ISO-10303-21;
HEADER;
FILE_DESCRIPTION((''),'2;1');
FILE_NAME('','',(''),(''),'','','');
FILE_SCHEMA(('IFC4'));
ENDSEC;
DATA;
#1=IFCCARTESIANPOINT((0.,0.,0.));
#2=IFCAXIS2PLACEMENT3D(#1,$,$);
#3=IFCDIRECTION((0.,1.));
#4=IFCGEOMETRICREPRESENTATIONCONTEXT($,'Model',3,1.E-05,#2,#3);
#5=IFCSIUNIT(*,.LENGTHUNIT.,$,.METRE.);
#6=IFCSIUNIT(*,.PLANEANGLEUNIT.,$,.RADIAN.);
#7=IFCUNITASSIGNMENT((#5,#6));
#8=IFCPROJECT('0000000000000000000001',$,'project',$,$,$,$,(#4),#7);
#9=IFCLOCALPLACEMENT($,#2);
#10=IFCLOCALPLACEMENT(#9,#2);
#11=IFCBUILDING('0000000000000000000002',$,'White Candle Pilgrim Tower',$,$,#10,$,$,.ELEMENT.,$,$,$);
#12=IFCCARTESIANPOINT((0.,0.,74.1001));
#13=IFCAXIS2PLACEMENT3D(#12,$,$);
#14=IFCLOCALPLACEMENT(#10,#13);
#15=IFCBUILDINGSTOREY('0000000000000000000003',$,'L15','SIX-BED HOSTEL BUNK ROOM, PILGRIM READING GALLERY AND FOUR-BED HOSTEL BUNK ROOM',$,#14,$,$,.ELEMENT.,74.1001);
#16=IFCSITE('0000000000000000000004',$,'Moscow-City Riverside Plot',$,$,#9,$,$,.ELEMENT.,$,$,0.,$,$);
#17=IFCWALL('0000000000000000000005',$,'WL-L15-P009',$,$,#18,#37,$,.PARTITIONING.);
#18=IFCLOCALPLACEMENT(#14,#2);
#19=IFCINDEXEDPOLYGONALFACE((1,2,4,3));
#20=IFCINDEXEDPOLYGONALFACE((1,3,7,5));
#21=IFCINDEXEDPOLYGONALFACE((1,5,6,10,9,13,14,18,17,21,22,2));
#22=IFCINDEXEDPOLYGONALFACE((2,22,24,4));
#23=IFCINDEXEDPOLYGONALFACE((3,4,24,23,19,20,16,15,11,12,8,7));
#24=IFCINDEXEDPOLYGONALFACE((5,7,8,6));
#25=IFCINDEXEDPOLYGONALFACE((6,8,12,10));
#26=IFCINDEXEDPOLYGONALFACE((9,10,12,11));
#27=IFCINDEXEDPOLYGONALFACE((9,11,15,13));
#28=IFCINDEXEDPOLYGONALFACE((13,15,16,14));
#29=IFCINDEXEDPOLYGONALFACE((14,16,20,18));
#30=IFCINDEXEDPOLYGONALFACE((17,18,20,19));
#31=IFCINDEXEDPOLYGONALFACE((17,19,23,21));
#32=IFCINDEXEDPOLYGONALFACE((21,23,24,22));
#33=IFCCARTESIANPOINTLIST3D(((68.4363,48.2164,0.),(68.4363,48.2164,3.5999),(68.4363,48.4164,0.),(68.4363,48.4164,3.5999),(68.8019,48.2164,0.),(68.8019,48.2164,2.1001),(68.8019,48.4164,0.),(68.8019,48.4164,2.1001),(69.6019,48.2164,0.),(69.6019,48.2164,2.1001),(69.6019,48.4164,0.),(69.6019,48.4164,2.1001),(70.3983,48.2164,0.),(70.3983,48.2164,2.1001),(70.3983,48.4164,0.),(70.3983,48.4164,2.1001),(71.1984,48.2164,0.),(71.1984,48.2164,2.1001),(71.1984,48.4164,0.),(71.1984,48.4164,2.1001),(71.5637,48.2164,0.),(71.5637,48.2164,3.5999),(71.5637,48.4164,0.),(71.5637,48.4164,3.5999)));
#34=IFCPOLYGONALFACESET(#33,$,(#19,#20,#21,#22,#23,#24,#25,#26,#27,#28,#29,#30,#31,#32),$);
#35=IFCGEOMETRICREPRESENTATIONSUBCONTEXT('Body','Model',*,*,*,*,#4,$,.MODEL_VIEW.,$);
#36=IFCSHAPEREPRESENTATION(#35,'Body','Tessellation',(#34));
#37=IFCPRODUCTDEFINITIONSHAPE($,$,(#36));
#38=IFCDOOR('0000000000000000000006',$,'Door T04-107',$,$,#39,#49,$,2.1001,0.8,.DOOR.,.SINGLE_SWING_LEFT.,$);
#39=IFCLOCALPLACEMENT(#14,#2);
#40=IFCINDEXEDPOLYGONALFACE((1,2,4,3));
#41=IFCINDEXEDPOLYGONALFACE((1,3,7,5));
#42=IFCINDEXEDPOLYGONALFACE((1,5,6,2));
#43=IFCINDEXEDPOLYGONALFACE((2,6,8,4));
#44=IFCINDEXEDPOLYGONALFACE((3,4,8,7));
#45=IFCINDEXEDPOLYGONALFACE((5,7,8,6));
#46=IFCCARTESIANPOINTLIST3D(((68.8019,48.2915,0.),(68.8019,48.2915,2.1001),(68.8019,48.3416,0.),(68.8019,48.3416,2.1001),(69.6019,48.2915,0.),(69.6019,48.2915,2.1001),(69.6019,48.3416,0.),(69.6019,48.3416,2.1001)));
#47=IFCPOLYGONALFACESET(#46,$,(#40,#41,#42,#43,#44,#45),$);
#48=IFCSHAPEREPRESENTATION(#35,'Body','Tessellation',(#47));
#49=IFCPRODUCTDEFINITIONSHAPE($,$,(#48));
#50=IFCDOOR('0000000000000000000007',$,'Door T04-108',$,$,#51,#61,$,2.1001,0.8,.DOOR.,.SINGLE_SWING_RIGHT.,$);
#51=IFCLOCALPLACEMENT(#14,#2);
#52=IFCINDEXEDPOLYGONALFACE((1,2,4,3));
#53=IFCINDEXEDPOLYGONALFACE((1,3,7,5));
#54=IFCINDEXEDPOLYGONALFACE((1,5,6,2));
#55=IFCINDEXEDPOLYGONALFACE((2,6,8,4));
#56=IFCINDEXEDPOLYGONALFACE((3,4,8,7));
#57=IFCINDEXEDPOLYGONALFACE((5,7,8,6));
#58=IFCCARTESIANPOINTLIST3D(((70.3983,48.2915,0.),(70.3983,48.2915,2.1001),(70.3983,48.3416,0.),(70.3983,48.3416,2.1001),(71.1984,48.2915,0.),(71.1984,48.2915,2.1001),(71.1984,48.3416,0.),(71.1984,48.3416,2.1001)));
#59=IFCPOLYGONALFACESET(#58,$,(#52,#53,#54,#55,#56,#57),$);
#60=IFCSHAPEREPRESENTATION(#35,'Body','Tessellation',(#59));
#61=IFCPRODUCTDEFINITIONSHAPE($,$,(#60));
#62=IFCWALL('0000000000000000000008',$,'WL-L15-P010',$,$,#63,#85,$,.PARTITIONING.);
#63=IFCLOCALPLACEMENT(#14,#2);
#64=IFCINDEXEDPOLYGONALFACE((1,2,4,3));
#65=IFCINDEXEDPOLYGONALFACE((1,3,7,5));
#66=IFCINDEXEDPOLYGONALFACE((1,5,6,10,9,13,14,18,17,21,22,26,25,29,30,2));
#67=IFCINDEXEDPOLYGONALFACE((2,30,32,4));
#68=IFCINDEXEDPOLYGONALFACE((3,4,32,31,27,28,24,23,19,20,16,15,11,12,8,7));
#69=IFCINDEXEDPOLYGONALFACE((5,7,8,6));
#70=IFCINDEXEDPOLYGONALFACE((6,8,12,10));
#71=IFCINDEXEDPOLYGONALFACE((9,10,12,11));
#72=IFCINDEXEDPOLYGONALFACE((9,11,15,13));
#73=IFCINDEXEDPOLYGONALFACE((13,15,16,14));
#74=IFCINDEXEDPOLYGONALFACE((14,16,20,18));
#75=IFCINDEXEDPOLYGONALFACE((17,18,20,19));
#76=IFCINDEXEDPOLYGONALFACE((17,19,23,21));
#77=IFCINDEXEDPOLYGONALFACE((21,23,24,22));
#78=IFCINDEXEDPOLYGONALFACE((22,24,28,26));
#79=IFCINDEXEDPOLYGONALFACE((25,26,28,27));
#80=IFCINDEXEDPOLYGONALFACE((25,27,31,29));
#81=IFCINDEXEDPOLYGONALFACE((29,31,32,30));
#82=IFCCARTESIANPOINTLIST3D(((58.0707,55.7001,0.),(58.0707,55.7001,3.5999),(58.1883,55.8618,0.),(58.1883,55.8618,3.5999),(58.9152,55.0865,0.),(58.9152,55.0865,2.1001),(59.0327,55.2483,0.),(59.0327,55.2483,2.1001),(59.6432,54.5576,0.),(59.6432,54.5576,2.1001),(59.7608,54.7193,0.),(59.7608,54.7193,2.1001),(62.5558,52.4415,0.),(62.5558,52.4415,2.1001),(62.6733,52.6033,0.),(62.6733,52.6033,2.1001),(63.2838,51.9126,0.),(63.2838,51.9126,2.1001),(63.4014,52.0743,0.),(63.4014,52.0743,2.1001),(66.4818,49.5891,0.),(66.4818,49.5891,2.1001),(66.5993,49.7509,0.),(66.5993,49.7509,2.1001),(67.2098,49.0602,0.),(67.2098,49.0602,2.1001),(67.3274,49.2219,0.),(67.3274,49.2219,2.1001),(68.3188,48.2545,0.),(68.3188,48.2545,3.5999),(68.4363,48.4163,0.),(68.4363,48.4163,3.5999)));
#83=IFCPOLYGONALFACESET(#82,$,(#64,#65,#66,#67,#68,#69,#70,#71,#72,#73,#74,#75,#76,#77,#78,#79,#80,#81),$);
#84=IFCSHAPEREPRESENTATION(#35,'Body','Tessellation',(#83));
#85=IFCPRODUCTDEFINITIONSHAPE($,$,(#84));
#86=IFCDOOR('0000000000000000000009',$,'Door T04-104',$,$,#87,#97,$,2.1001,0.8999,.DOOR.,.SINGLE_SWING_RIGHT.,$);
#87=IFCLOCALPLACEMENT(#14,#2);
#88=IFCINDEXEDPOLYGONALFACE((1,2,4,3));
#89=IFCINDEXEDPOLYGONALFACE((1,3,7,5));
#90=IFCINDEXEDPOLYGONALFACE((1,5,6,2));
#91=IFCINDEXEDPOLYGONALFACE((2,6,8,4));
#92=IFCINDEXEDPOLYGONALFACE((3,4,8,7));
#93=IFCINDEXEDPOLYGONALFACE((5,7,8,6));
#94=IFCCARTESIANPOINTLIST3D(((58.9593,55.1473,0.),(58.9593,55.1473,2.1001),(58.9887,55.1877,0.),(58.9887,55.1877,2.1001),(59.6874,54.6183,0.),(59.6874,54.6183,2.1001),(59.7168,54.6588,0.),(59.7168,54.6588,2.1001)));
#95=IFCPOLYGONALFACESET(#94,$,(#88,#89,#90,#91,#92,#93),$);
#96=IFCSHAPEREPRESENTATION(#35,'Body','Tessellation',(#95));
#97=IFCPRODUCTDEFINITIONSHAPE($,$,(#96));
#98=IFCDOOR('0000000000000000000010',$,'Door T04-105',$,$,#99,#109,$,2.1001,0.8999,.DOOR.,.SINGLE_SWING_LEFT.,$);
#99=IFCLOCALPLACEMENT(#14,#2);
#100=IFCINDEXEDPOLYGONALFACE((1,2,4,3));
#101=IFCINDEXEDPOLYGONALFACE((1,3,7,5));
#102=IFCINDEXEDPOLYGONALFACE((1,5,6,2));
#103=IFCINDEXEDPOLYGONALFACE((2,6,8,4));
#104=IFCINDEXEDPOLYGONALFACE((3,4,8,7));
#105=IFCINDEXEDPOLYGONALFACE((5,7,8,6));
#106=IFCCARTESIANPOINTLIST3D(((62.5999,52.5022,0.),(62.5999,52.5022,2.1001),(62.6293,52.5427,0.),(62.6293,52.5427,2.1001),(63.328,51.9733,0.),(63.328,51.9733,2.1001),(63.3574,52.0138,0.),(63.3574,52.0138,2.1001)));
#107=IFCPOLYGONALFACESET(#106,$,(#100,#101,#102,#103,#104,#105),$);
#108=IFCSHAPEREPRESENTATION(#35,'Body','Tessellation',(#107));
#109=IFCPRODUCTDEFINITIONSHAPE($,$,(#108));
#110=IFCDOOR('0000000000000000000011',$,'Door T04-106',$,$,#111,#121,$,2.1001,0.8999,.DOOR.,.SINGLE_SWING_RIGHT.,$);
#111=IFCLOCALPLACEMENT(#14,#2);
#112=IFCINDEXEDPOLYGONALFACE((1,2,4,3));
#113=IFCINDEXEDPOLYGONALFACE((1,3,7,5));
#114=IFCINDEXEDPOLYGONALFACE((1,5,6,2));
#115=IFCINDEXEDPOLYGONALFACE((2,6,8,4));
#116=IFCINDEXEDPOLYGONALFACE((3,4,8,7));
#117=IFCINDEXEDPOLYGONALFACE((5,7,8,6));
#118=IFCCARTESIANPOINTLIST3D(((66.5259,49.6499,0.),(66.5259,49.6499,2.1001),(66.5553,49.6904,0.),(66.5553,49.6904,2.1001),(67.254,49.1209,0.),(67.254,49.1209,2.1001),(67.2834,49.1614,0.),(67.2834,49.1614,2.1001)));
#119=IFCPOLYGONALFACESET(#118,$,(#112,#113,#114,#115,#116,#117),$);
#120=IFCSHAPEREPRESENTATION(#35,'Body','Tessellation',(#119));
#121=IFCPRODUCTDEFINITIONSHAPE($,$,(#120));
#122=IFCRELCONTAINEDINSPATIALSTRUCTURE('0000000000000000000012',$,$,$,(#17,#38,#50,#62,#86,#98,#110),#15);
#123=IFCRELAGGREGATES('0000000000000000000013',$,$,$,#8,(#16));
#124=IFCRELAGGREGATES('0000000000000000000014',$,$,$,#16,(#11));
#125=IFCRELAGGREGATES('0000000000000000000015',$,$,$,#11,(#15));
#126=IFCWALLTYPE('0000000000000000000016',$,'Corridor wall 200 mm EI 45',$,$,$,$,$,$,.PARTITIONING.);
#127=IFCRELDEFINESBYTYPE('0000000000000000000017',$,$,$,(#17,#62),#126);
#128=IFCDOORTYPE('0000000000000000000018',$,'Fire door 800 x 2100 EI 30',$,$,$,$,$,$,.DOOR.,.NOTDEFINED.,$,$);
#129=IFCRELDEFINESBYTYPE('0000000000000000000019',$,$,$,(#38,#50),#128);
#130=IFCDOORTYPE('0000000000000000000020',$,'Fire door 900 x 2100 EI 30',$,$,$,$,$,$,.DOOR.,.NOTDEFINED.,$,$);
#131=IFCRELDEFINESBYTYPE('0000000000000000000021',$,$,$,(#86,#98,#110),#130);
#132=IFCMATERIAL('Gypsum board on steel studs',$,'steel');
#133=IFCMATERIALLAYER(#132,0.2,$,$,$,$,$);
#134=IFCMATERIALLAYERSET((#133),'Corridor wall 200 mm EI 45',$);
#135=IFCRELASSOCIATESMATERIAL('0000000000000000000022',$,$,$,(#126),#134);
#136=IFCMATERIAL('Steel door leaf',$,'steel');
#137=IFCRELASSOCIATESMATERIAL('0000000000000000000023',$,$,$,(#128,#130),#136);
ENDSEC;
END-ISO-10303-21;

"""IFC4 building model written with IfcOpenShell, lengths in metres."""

from ifc_helpers import new_model, si_unit, direction, frame, frame_2d, origin, place, context, subcontext, project, spatial, rectangle, extrude, material, layer, layer_set, type_object, element, fill, save


model = new_model("IFC4")

# Units and contexts
model_context = context("Model", 3, precision=1e-05, world=origin(), true_north=direction((0.0, 1.0)))
body_context = subcontext(model_context, "Body", "Model", "MODEL_VIEW")
ifc_project = project(units=[si_unit("LENGTHUNIT", "METRE"), si_unit("PLANEANGLEUNIT", "RADIAN")], contexts=[model_context])

# Site, building, storey
site_placement = place(None, origin())
site = spatial("IfcSite", under=ifc_project, at=site_placement, Name="Moscow-City Riverside Plot", CompositionType="ELEMENT", RefElevation=0.0)
building_placement = place(site_placement, origin())
building = spatial("IfcBuilding", under=site, at=building_placement, Name="White Candle Pilgrim Tower", CompositionType="ELEMENT")
storey_placement = place(building_placement, frame((0.0, 0.0, 74.1001)))
storey = spatial("IfcBuildingStorey", under=building, at=storey_placement, Name="L15", Description="SIX-BED HOSTEL BUNK ROOM, PILGRIM READING GALLERY AND FOUR-BED HOSTEL BUNK ROOM", CompositionType="ELEMENT", Elevation=74.1001)

# Walls, openings, doors
ifc_material_1 = material(Name="Gypsum board on steel studs", Category="steel")
ifc_layer_1 = layer(ifc_material_1, 0.2)
ifc_layer_set_1 = layer_set([ifc_layer_1], Name="Corridor wall 200 mm EI 45")
wall_type_1 = type_object("IfcWallType", Name="Corridor wall 200 mm EI 45", PredefinedType="PARTITIONING", material=ifc_layer_set_1)
wall_1_placement = place(storey_placement, frame((71.5637, 48.3164, 0.0), z_axis=(0.0, 0.0, 1.0), x_axis=(-1.0, 0.0, 0.0)))
wall_1 = element("IfcWall", 1, at=wall_1_placement, inside=storey, type_object=wall_type_1, Name="WL-L15-P009", PredefinedType="PARTITIONING", context=body_context, shape_type="SweptSolid", body=[
    extrude(rectangle(XDim=3.1274, YDim=0.2, at=frame_2d((1.5637, 0.0))), origin(), (0.0, 0.0, 1.0), 3.5999),
])
opening_1_placement = place(wall_1_placement, frame((1.9619, 0.0, 0.0)))
opening_1 = element("IfcOpeningElement", 2, at=opening_1_placement, cuts=wall_1, PredefinedType="OPENING", context=body_context, shape_type="SweptSolid", body=[
    extrude(rectangle(XDim=0.8, YDim=2.1001, at=frame_2d((0.3999, 1.05))), frame((0.0, 0.1099, 0.0), z_axis=(0.0, -1.0, 0.0), x_axis=(1.0, 0.0, 0.0)), (0.0, 0.0, 1.0), 0.22),
])
opening_2_placement = place(wall_1_placement, frame((0.3655, 0.0, 0.0)))
opening_2 = element("IfcOpeningElement", 3, at=opening_2_placement, cuts=wall_1, PredefinedType="OPENING", context=body_context, shape_type="SweptSolid", body=[
    extrude(rectangle(XDim=0.8, YDim=2.1001, at=frame_2d((0.3999, 1.05))), frame((0.0, 0.1099, 0.0), z_axis=(0.0, -1.0, 0.0), x_axis=(1.0, 0.0, 0.0)), (0.0, 0.0, 1.0), 0.22),
])
ifc_material_2 = material(Name="Steel door leaf", Category="steel")
door_type_1 = type_object("IfcDoorType", Name="Fire door 800 x 2100 EI 30", OperationType="NOTDEFINED", PredefinedType="DOOR", material=ifc_material_2)
door_1_placement = place(opening_1_placement, origin())
door_1 = element("IfcDoor", 4, at=door_1_placement, inside=storey, type_object=door_type_1, Name="Door T04-107", OperationType="SINGLE_SWING_LEFT", OverallHeight=2.1001, OverallWidth=0.8, PredefinedType="DOOR", context=body_context, shape_type="SweptSolid", body=[
    extrude(rectangle(XDim=0.8, YDim=2.1001, at=frame_2d((0.3999, 1.05))), frame((0.0, 0.0249, 0.0), z_axis=(0.0, -1.0, 0.0), x_axis=(1.0, 0.0, 0.0)), (0.0, 0.0, 1.0), 0.05),
])
fill(opening_1, door_1)
door_2_placement = place(opening_2_placement, origin())
door_2 = element("IfcDoor", 5, at=door_2_placement, inside=storey, type_object=door_type_1, Name="Door T04-108", OperationType="SINGLE_SWING_RIGHT", OverallHeight=2.1001, OverallWidth=0.8, PredefinedType="DOOR", context=body_context, shape_type="SweptSolid", body=[
    extrude(rectangle(XDim=0.8, YDim=2.1001, at=frame_2d((0.3999, 1.05))), frame((0.0, 0.0249, 0.0), z_axis=(0.0, -1.0, 0.0), x_axis=(1.0, 0.0, 0.0)), (0.0, 0.0, 1.0), 0.05),
])
fill(opening_2, door_2)
wall_2_placement = place(storey_placement, frame((68.3774, 48.3354, 0.0), z_axis=(0.0, 0.0, 1.0), x_axis=(-0.80902, 0.587781, 0.0)))
wall_2 = element("IfcWall", 6, at=wall_2_placement, inside=storey, type_object=wall_type_1, Name="WL-L15-P010", PredefinedType="PARTITIONING", context=body_context, shape_type="SweptSolid", body=[
    extrude(rectangle(XDim=12.6672, YDim=0.2, at=frame_2d((6.3335, 0.0))), origin(), (0.0, 0.0, 1.0), 3.5999),
])
opening_3_placement = place(wall_2_placement, frame((10.7234, 0.0, 0.0)))
opening_3 = element("IfcOpeningElement", 7, at=opening_3_placement, cuts=wall_2, PredefinedType="OPENING", context=body_context, shape_type="SweptSolid", body=[
    extrude(rectangle(XDim=0.8999, YDim=2.1001, at=frame_2d((0.45, 1.05))), frame((0.0, 0.1099, 0.0), z_axis=(0.0, -1.0, 0.0), x_axis=(1.0, 0.0, 0.0)), (0.0, 0.0, 1.0), 0.22),
])
opening_4_placement = place(wall_2_placement, frame((6.2234, 0.0, 0.0)))
opening_4 = element("IfcOpeningElement", 8, at=opening_4_placement, cuts=wall_2, PredefinedType="OPENING", context=body_context, shape_type="SweptSolid", body=[
    extrude(rectangle(XDim=0.8999, YDim=2.1001, at=frame_2d((0.45, 1.05))), frame((0.0, 0.1099, 0.0), z_axis=(0.0, -1.0, 0.0), x_axis=(1.0, 0.0, 0.0)), (0.0, 0.0, 1.0), 0.22),
])
opening_5_placement = place(wall_2_placement, frame((1.3706, 0.0, 0.0)))
opening_5 = element("IfcOpeningElement", 9, at=opening_5_placement, cuts=wall_2, PredefinedType="OPENING", context=body_context, shape_type="SweptSolid", body=[
    extrude(rectangle(XDim=0.8999, YDim=2.1001, at=frame_2d((0.45, 1.05))), frame((0.0, 0.1099, 0.0), z_axis=(0.0, -1.0, 0.0), x_axis=(1.0, 0.0, 0.0)), (0.0, 0.0, 1.0), 0.22),
])
door_type_2 = type_object("IfcDoorType", Name="Fire door 900 x 2100 EI 30", OperationType="NOTDEFINED", PredefinedType="DOOR", material=ifc_material_2)
door_3_placement = place(opening_3_placement, origin())
door_3 = element("IfcDoor", 10, at=door_3_placement, inside=storey, type_object=door_type_2, Name="Door T04-104", OperationType="SINGLE_SWING_RIGHT", OverallHeight=2.1001, OverallWidth=0.8999, PredefinedType="DOOR", context=body_context, shape_type="SweptSolid", body=[
    extrude(rectangle(XDim=0.8999, YDim=2.1001, at=frame_2d((0.45, 1.05))), frame((0.0, 0.0249, 0.0), z_axis=(0.0, -1.0, 0.0), x_axis=(1.0, 0.0, 0.0)), (0.0, 0.0, 1.0), 0.05),
])
fill(opening_3, door_3)
door_4_placement = place(opening_4_placement, origin())
door_4 = element("IfcDoor", 11, at=door_4_placement, inside=storey, type_object=door_type_2, Name="Door T04-105", OperationType="SINGLE_SWING_LEFT", OverallHeight=2.1001, OverallWidth=0.8999, PredefinedType="DOOR", context=body_context, shape_type="SweptSolid", body=[
    extrude(rectangle(XDim=0.8999, YDim=2.1001, at=frame_2d((0.45, 1.05))), frame((0.0, 0.0249, 0.0), z_axis=(0.0, -1.0, 0.0), x_axis=(1.0, 0.0, 0.0)), (0.0, 0.0, 1.0), 0.05),
])
fill(opening_4, door_4)
door_5_placement = place(opening_5_placement, origin())
door_5 = element("IfcDoor", 12, at=door_5_placement, inside=storey, type_object=door_type_2, Name="Door T04-106", OperationType="SINGLE_SWING_RIGHT", OverallHeight=2.1001, OverallWidth=0.8999, PredefinedType="DOOR", context=body_context, shape_type="SweptSolid", body=[
    extrude(rectangle(XDim=0.8999, YDim=2.1001, at=frame_2d((0.45, 1.05))), frame((0.0, 0.0249, 0.0), z_axis=(0.0, -1.0, 0.0), x_axis=(1.0, 0.0, 0.0)), (0.0, 0.0, 1.0), 0.05),
])
fill(opening_5, door_5)

save(model, "model.ifc")
